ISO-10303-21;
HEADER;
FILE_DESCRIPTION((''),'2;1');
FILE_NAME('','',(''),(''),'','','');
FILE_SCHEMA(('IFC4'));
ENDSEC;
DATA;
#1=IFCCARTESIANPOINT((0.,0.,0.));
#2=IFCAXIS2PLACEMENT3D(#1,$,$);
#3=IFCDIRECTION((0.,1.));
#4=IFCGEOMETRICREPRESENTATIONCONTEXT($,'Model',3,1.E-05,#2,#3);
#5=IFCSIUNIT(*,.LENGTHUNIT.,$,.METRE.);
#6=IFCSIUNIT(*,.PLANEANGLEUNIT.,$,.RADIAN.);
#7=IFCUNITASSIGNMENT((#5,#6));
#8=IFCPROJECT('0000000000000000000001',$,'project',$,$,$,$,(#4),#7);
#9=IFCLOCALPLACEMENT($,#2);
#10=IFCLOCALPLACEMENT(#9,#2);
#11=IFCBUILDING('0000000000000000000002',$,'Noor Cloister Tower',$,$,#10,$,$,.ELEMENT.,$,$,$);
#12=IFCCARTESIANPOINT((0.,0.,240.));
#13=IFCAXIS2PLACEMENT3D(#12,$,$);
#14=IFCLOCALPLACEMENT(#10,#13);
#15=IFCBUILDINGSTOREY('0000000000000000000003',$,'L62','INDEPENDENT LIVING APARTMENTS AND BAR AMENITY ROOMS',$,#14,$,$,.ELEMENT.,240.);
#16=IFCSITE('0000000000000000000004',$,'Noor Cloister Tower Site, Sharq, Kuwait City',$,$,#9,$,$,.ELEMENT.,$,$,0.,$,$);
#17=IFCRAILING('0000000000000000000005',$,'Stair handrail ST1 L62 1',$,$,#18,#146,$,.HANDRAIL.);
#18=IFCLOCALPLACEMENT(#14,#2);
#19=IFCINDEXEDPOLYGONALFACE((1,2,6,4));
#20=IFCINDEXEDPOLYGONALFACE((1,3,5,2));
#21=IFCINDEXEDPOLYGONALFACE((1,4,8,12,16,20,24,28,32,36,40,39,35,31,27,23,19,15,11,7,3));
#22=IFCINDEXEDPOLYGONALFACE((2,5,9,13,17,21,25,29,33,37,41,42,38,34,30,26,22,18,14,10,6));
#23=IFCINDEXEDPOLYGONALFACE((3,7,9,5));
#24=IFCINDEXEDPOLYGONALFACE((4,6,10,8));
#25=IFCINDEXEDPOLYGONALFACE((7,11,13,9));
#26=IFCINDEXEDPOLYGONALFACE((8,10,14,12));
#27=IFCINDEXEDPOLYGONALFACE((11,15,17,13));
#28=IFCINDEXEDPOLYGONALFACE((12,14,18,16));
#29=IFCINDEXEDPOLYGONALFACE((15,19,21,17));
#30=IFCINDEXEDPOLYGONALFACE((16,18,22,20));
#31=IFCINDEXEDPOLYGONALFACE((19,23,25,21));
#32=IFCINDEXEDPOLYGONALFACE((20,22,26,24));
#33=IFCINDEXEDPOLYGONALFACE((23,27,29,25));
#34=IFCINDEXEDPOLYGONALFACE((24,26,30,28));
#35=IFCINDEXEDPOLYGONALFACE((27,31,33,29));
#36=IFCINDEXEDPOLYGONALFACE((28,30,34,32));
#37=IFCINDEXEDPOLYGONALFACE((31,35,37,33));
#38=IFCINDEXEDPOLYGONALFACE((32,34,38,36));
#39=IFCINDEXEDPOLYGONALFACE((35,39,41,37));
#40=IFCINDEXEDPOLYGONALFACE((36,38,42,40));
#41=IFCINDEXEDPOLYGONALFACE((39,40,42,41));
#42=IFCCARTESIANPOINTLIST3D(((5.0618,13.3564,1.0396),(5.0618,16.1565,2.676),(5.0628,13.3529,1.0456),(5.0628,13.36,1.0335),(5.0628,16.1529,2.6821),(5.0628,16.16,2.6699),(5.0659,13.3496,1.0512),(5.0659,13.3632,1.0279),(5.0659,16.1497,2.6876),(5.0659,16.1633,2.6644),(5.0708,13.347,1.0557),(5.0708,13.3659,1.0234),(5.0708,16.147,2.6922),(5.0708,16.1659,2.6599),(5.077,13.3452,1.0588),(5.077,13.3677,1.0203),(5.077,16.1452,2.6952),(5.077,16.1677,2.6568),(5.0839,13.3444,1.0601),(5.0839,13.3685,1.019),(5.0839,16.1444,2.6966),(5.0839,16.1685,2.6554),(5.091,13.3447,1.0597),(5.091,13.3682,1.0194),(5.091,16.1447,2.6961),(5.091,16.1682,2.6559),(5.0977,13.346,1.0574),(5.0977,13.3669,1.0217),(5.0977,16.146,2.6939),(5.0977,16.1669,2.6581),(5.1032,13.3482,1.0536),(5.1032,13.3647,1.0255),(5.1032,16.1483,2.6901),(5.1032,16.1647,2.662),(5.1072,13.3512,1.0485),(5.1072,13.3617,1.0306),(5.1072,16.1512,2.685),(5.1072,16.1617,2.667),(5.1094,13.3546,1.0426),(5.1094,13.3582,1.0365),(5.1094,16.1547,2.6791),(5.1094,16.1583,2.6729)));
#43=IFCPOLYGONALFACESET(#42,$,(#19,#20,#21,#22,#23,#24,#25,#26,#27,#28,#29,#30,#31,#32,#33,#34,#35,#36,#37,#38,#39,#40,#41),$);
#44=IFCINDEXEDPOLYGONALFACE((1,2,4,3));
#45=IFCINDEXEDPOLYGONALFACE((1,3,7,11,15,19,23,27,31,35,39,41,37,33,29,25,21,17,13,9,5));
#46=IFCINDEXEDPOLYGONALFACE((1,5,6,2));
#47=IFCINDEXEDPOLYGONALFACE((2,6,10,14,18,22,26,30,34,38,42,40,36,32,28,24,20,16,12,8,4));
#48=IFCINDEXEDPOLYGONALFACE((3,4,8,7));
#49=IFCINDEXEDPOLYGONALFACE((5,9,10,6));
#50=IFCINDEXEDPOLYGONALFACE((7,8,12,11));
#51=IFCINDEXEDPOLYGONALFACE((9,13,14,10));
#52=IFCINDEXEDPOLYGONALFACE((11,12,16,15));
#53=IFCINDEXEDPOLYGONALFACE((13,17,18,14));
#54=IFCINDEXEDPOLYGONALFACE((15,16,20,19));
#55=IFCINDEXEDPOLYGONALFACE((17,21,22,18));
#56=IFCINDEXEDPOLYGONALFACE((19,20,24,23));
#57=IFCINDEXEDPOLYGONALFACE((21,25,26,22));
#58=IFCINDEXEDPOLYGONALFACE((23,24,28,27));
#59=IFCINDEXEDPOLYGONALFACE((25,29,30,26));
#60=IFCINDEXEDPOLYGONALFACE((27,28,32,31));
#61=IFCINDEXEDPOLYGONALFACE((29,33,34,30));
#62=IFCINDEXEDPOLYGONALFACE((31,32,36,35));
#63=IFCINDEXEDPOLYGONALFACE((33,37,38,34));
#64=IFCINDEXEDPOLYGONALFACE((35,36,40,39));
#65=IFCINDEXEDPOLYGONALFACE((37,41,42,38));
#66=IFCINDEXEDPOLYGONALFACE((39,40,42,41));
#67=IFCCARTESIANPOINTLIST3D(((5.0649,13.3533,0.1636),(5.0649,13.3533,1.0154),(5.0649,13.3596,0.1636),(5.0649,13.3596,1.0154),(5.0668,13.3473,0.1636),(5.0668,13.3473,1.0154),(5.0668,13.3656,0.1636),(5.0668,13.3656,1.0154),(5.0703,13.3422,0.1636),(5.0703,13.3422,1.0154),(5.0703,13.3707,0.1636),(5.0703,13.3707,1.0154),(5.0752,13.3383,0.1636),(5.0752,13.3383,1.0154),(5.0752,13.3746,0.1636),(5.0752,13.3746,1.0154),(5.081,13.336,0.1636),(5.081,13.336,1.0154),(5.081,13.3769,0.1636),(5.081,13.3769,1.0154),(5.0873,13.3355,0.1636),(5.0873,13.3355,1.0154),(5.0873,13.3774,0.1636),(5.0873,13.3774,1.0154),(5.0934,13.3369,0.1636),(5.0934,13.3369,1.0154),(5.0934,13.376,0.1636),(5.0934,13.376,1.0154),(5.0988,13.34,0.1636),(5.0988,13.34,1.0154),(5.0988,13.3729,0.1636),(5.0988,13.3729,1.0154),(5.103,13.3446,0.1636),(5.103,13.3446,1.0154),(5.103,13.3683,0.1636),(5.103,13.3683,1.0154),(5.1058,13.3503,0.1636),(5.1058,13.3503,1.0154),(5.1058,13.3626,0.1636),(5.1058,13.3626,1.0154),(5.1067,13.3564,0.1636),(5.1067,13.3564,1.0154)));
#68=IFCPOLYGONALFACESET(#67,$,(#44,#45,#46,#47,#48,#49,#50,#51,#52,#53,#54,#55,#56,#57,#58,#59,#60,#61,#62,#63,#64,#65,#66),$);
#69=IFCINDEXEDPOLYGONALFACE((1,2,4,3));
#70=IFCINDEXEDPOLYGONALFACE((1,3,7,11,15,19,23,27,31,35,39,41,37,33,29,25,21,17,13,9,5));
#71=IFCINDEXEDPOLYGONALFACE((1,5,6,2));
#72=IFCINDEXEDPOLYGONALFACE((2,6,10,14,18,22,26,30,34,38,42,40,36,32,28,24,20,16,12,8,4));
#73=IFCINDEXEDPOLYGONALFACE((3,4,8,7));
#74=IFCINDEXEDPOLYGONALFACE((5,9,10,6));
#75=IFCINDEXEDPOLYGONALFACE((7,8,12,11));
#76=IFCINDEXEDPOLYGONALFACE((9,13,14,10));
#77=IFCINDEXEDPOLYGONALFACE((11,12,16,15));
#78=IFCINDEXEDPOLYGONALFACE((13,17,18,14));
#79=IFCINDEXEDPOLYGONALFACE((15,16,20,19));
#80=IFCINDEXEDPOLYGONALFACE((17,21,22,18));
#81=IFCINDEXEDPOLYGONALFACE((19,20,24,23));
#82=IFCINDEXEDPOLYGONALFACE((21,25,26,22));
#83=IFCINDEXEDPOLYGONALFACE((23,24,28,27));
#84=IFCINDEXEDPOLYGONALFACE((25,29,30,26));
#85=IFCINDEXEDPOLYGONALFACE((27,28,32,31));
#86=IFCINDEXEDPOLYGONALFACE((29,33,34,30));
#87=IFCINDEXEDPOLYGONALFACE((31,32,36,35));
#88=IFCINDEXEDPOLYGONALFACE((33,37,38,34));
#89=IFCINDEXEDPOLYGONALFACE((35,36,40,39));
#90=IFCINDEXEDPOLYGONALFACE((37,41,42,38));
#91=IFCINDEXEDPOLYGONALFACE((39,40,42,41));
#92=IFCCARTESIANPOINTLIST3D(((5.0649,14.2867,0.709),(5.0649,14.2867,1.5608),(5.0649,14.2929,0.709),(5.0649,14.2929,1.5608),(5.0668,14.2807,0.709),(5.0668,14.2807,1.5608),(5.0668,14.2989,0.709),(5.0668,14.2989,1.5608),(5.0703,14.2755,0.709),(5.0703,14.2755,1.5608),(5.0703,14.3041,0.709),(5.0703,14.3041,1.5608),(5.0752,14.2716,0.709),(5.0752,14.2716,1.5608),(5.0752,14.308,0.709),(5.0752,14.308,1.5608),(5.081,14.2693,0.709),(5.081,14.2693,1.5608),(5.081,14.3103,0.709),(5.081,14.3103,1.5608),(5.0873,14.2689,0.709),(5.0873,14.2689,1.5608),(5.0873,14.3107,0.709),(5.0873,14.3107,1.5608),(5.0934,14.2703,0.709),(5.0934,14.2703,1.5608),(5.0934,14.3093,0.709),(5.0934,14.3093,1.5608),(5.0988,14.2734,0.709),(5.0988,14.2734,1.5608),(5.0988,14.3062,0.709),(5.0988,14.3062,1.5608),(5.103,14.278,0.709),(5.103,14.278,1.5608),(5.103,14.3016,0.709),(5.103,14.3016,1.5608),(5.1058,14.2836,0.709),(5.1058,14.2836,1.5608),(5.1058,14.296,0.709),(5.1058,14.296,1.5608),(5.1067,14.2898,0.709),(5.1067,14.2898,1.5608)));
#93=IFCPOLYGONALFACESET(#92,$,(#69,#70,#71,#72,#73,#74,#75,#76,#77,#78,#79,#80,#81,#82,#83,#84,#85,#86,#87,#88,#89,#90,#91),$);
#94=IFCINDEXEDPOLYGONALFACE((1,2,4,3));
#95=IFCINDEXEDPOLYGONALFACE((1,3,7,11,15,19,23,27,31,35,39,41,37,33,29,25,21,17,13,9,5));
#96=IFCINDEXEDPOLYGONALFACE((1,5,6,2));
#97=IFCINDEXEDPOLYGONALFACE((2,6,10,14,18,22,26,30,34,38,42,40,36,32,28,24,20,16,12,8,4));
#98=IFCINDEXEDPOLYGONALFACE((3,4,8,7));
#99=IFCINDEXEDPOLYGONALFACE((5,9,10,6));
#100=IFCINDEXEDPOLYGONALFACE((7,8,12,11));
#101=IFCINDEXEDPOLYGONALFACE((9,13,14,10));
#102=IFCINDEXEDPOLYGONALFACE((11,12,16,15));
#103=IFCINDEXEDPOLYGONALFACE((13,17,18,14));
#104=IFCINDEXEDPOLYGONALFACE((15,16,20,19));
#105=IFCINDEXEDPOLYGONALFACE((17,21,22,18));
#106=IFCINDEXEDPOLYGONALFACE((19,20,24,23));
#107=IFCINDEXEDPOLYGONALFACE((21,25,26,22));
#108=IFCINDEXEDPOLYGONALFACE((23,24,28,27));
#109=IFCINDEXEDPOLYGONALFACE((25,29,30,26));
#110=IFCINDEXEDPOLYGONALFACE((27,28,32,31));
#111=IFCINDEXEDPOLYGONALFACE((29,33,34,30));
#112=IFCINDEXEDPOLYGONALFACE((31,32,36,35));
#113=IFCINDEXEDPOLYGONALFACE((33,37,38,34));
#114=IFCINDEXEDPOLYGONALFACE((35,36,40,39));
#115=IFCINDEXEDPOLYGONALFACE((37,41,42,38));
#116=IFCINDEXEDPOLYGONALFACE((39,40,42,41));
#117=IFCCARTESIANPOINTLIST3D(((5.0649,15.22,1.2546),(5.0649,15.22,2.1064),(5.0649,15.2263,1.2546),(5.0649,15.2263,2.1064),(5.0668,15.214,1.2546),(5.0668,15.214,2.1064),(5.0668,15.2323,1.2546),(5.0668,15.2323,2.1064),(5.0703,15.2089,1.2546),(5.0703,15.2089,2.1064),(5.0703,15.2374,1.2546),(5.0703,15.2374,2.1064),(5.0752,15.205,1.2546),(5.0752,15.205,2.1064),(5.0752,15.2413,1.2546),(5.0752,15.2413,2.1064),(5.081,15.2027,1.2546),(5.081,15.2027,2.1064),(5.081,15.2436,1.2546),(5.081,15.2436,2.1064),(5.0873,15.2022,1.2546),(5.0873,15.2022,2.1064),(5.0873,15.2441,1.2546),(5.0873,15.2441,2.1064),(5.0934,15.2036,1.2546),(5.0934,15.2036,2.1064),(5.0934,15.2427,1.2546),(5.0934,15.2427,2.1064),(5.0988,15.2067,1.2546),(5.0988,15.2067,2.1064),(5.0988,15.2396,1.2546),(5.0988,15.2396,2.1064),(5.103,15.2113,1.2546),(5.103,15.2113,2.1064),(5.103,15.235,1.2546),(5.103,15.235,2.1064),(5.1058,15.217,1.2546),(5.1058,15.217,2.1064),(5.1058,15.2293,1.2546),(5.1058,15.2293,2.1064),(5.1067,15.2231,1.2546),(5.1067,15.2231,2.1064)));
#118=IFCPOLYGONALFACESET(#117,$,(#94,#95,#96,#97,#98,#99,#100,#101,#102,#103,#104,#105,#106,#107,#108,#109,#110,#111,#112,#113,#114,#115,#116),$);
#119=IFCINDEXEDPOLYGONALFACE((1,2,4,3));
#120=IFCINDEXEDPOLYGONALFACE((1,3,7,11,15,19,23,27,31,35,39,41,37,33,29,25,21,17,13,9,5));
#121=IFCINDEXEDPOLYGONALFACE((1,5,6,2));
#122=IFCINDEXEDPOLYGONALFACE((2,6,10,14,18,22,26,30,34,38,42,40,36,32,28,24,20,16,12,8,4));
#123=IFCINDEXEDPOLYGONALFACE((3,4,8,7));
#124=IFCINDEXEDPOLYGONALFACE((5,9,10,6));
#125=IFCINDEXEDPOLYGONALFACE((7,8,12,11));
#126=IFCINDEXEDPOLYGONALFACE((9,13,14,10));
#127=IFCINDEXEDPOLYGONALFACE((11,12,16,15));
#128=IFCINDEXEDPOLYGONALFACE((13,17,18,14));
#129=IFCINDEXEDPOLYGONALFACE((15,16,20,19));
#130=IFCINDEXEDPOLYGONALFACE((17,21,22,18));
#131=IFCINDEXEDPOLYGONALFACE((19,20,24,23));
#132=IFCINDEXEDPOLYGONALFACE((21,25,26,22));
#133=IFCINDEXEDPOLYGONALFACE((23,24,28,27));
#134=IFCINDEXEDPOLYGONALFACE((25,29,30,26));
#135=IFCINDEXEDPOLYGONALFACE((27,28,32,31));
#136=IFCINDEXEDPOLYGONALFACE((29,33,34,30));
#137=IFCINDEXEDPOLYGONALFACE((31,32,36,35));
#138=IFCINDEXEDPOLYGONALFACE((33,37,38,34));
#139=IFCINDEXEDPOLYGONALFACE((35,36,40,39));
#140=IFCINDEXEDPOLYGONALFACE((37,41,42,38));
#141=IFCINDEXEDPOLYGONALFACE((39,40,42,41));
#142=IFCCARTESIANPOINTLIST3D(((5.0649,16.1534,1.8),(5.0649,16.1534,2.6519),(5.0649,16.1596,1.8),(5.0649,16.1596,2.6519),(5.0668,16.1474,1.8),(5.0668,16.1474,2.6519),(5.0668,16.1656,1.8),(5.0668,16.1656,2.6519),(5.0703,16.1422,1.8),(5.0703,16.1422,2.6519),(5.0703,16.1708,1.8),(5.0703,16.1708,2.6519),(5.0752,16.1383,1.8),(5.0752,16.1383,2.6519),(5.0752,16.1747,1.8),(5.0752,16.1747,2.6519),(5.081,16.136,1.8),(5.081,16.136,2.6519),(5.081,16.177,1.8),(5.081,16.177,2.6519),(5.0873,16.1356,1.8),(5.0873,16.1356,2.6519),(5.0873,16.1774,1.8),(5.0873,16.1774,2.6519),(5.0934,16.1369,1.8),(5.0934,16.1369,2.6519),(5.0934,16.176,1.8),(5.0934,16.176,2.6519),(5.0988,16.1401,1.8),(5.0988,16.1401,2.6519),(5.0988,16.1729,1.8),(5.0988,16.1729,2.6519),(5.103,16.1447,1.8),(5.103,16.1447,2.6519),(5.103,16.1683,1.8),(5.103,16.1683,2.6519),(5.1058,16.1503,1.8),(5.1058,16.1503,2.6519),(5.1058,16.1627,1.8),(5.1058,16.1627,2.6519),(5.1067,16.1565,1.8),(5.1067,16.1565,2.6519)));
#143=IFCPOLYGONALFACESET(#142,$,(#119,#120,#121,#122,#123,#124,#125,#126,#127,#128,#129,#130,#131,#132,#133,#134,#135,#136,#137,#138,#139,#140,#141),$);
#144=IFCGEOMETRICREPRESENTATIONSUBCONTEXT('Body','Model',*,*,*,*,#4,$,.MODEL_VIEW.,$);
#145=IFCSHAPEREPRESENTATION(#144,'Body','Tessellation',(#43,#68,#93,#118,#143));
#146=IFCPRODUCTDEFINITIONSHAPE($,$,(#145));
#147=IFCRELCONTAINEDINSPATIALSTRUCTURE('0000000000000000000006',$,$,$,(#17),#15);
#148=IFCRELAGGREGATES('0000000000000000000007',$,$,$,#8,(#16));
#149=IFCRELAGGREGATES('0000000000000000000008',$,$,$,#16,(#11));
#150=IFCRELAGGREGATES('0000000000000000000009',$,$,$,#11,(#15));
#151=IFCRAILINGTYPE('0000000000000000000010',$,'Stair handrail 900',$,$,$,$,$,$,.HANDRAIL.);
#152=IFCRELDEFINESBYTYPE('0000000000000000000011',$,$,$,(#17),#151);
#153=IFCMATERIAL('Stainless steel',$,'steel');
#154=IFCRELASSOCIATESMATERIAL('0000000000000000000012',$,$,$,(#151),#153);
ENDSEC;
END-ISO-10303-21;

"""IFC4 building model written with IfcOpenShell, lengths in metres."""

from ifc_helpers import new_model, si_unit, direction, frame, origin, origin_2d, place, context, subcontext, project, spatial, circle, extrude, material, type_object, element, save


model = new_model("IFC4")

# Units and contexts
model_context = context("Model", 3, precision=1e-05, world=origin(), true_north=direction((0.0, 1.0)))
body_context = subcontext(model_context, "Body", "Model", "MODEL_VIEW")
ifc_project = project(units=[si_unit("LENGTHUNIT", "METRE"), si_unit("PLANEANGLEUNIT", "RADIAN")], contexts=[model_context])

# Site, building, storey
site_placement = place(None, origin())
site = spatial("IfcSite", under=ifc_project, at=site_placement, Name="Noor Cloister Tower Site, Sharq, Kuwait City", CompositionType="ELEMENT", RefElevation=0.0)
building_placement = place(site_placement, origin())
building = spatial("IfcBuilding", under=site, at=building_placement, Name="Noor Cloister Tower", CompositionType="ELEMENT")
storey_placement = place(building_placement, frame((0.0, 0.0, 240.0)))
storey = spatial("IfcBuildingStorey", under=building, at=storey_placement, Name="L62", Description="INDEPENDENT LIVING APARTMENTS AND BAR AMENITY ROOMS", CompositionType="ELEMENT", Elevation=240.0)

# Railing
ifc_material_1 = material(Name="Stainless steel", Category="steel")
railing_type_1 = type_object("IfcRailingType", Name="Stair handrail 900", PredefinedType="HANDRAIL", material=ifc_material_1)
railing_1_placement = place(storey_placement, frame((5.0857, 13.3564, 0.1636)))
element("IfcRailing", 1, at=railing_1_placement, inside=storey, type_object=railing_type_1, Name="Stair handrail ST1 L62 1", PredefinedType="HANDRAIL", context=body_context, shape_type="SweptSolid", body=[
    extrude(circle(Radius=0.0239, at=origin_2d()), frame((0.0, 0.0, 0.876), z_axis=(0.0, 0.863361, 0.504587), x_axis=(-1.0, 0.0, 0.0)), (0.0, 0.0, 1.0), 3.2432),
    extrude(circle(Radius=0.021, at=origin_2d()), origin(), (0.0, 0.0, 1.0), 0.8518),
    extrude(circle(Radius=0.021, at=origin_2d()), frame((0.0, 0.9333, 0.5454)), (0.0, 0.0, 1.0), 0.8518),
    extrude(circle(Radius=0.021, at=origin_2d()), frame((0.0, 1.8667, 1.0911)), (0.0, 0.0, 1.0), 0.8518),
    extrude(circle(Radius=0.021, at=origin_2d()), frame((0.0, 2.8, 1.6365)), (0.0, 0.0, 1.0), 0.8518),
])

save(model, "model.ifc")
